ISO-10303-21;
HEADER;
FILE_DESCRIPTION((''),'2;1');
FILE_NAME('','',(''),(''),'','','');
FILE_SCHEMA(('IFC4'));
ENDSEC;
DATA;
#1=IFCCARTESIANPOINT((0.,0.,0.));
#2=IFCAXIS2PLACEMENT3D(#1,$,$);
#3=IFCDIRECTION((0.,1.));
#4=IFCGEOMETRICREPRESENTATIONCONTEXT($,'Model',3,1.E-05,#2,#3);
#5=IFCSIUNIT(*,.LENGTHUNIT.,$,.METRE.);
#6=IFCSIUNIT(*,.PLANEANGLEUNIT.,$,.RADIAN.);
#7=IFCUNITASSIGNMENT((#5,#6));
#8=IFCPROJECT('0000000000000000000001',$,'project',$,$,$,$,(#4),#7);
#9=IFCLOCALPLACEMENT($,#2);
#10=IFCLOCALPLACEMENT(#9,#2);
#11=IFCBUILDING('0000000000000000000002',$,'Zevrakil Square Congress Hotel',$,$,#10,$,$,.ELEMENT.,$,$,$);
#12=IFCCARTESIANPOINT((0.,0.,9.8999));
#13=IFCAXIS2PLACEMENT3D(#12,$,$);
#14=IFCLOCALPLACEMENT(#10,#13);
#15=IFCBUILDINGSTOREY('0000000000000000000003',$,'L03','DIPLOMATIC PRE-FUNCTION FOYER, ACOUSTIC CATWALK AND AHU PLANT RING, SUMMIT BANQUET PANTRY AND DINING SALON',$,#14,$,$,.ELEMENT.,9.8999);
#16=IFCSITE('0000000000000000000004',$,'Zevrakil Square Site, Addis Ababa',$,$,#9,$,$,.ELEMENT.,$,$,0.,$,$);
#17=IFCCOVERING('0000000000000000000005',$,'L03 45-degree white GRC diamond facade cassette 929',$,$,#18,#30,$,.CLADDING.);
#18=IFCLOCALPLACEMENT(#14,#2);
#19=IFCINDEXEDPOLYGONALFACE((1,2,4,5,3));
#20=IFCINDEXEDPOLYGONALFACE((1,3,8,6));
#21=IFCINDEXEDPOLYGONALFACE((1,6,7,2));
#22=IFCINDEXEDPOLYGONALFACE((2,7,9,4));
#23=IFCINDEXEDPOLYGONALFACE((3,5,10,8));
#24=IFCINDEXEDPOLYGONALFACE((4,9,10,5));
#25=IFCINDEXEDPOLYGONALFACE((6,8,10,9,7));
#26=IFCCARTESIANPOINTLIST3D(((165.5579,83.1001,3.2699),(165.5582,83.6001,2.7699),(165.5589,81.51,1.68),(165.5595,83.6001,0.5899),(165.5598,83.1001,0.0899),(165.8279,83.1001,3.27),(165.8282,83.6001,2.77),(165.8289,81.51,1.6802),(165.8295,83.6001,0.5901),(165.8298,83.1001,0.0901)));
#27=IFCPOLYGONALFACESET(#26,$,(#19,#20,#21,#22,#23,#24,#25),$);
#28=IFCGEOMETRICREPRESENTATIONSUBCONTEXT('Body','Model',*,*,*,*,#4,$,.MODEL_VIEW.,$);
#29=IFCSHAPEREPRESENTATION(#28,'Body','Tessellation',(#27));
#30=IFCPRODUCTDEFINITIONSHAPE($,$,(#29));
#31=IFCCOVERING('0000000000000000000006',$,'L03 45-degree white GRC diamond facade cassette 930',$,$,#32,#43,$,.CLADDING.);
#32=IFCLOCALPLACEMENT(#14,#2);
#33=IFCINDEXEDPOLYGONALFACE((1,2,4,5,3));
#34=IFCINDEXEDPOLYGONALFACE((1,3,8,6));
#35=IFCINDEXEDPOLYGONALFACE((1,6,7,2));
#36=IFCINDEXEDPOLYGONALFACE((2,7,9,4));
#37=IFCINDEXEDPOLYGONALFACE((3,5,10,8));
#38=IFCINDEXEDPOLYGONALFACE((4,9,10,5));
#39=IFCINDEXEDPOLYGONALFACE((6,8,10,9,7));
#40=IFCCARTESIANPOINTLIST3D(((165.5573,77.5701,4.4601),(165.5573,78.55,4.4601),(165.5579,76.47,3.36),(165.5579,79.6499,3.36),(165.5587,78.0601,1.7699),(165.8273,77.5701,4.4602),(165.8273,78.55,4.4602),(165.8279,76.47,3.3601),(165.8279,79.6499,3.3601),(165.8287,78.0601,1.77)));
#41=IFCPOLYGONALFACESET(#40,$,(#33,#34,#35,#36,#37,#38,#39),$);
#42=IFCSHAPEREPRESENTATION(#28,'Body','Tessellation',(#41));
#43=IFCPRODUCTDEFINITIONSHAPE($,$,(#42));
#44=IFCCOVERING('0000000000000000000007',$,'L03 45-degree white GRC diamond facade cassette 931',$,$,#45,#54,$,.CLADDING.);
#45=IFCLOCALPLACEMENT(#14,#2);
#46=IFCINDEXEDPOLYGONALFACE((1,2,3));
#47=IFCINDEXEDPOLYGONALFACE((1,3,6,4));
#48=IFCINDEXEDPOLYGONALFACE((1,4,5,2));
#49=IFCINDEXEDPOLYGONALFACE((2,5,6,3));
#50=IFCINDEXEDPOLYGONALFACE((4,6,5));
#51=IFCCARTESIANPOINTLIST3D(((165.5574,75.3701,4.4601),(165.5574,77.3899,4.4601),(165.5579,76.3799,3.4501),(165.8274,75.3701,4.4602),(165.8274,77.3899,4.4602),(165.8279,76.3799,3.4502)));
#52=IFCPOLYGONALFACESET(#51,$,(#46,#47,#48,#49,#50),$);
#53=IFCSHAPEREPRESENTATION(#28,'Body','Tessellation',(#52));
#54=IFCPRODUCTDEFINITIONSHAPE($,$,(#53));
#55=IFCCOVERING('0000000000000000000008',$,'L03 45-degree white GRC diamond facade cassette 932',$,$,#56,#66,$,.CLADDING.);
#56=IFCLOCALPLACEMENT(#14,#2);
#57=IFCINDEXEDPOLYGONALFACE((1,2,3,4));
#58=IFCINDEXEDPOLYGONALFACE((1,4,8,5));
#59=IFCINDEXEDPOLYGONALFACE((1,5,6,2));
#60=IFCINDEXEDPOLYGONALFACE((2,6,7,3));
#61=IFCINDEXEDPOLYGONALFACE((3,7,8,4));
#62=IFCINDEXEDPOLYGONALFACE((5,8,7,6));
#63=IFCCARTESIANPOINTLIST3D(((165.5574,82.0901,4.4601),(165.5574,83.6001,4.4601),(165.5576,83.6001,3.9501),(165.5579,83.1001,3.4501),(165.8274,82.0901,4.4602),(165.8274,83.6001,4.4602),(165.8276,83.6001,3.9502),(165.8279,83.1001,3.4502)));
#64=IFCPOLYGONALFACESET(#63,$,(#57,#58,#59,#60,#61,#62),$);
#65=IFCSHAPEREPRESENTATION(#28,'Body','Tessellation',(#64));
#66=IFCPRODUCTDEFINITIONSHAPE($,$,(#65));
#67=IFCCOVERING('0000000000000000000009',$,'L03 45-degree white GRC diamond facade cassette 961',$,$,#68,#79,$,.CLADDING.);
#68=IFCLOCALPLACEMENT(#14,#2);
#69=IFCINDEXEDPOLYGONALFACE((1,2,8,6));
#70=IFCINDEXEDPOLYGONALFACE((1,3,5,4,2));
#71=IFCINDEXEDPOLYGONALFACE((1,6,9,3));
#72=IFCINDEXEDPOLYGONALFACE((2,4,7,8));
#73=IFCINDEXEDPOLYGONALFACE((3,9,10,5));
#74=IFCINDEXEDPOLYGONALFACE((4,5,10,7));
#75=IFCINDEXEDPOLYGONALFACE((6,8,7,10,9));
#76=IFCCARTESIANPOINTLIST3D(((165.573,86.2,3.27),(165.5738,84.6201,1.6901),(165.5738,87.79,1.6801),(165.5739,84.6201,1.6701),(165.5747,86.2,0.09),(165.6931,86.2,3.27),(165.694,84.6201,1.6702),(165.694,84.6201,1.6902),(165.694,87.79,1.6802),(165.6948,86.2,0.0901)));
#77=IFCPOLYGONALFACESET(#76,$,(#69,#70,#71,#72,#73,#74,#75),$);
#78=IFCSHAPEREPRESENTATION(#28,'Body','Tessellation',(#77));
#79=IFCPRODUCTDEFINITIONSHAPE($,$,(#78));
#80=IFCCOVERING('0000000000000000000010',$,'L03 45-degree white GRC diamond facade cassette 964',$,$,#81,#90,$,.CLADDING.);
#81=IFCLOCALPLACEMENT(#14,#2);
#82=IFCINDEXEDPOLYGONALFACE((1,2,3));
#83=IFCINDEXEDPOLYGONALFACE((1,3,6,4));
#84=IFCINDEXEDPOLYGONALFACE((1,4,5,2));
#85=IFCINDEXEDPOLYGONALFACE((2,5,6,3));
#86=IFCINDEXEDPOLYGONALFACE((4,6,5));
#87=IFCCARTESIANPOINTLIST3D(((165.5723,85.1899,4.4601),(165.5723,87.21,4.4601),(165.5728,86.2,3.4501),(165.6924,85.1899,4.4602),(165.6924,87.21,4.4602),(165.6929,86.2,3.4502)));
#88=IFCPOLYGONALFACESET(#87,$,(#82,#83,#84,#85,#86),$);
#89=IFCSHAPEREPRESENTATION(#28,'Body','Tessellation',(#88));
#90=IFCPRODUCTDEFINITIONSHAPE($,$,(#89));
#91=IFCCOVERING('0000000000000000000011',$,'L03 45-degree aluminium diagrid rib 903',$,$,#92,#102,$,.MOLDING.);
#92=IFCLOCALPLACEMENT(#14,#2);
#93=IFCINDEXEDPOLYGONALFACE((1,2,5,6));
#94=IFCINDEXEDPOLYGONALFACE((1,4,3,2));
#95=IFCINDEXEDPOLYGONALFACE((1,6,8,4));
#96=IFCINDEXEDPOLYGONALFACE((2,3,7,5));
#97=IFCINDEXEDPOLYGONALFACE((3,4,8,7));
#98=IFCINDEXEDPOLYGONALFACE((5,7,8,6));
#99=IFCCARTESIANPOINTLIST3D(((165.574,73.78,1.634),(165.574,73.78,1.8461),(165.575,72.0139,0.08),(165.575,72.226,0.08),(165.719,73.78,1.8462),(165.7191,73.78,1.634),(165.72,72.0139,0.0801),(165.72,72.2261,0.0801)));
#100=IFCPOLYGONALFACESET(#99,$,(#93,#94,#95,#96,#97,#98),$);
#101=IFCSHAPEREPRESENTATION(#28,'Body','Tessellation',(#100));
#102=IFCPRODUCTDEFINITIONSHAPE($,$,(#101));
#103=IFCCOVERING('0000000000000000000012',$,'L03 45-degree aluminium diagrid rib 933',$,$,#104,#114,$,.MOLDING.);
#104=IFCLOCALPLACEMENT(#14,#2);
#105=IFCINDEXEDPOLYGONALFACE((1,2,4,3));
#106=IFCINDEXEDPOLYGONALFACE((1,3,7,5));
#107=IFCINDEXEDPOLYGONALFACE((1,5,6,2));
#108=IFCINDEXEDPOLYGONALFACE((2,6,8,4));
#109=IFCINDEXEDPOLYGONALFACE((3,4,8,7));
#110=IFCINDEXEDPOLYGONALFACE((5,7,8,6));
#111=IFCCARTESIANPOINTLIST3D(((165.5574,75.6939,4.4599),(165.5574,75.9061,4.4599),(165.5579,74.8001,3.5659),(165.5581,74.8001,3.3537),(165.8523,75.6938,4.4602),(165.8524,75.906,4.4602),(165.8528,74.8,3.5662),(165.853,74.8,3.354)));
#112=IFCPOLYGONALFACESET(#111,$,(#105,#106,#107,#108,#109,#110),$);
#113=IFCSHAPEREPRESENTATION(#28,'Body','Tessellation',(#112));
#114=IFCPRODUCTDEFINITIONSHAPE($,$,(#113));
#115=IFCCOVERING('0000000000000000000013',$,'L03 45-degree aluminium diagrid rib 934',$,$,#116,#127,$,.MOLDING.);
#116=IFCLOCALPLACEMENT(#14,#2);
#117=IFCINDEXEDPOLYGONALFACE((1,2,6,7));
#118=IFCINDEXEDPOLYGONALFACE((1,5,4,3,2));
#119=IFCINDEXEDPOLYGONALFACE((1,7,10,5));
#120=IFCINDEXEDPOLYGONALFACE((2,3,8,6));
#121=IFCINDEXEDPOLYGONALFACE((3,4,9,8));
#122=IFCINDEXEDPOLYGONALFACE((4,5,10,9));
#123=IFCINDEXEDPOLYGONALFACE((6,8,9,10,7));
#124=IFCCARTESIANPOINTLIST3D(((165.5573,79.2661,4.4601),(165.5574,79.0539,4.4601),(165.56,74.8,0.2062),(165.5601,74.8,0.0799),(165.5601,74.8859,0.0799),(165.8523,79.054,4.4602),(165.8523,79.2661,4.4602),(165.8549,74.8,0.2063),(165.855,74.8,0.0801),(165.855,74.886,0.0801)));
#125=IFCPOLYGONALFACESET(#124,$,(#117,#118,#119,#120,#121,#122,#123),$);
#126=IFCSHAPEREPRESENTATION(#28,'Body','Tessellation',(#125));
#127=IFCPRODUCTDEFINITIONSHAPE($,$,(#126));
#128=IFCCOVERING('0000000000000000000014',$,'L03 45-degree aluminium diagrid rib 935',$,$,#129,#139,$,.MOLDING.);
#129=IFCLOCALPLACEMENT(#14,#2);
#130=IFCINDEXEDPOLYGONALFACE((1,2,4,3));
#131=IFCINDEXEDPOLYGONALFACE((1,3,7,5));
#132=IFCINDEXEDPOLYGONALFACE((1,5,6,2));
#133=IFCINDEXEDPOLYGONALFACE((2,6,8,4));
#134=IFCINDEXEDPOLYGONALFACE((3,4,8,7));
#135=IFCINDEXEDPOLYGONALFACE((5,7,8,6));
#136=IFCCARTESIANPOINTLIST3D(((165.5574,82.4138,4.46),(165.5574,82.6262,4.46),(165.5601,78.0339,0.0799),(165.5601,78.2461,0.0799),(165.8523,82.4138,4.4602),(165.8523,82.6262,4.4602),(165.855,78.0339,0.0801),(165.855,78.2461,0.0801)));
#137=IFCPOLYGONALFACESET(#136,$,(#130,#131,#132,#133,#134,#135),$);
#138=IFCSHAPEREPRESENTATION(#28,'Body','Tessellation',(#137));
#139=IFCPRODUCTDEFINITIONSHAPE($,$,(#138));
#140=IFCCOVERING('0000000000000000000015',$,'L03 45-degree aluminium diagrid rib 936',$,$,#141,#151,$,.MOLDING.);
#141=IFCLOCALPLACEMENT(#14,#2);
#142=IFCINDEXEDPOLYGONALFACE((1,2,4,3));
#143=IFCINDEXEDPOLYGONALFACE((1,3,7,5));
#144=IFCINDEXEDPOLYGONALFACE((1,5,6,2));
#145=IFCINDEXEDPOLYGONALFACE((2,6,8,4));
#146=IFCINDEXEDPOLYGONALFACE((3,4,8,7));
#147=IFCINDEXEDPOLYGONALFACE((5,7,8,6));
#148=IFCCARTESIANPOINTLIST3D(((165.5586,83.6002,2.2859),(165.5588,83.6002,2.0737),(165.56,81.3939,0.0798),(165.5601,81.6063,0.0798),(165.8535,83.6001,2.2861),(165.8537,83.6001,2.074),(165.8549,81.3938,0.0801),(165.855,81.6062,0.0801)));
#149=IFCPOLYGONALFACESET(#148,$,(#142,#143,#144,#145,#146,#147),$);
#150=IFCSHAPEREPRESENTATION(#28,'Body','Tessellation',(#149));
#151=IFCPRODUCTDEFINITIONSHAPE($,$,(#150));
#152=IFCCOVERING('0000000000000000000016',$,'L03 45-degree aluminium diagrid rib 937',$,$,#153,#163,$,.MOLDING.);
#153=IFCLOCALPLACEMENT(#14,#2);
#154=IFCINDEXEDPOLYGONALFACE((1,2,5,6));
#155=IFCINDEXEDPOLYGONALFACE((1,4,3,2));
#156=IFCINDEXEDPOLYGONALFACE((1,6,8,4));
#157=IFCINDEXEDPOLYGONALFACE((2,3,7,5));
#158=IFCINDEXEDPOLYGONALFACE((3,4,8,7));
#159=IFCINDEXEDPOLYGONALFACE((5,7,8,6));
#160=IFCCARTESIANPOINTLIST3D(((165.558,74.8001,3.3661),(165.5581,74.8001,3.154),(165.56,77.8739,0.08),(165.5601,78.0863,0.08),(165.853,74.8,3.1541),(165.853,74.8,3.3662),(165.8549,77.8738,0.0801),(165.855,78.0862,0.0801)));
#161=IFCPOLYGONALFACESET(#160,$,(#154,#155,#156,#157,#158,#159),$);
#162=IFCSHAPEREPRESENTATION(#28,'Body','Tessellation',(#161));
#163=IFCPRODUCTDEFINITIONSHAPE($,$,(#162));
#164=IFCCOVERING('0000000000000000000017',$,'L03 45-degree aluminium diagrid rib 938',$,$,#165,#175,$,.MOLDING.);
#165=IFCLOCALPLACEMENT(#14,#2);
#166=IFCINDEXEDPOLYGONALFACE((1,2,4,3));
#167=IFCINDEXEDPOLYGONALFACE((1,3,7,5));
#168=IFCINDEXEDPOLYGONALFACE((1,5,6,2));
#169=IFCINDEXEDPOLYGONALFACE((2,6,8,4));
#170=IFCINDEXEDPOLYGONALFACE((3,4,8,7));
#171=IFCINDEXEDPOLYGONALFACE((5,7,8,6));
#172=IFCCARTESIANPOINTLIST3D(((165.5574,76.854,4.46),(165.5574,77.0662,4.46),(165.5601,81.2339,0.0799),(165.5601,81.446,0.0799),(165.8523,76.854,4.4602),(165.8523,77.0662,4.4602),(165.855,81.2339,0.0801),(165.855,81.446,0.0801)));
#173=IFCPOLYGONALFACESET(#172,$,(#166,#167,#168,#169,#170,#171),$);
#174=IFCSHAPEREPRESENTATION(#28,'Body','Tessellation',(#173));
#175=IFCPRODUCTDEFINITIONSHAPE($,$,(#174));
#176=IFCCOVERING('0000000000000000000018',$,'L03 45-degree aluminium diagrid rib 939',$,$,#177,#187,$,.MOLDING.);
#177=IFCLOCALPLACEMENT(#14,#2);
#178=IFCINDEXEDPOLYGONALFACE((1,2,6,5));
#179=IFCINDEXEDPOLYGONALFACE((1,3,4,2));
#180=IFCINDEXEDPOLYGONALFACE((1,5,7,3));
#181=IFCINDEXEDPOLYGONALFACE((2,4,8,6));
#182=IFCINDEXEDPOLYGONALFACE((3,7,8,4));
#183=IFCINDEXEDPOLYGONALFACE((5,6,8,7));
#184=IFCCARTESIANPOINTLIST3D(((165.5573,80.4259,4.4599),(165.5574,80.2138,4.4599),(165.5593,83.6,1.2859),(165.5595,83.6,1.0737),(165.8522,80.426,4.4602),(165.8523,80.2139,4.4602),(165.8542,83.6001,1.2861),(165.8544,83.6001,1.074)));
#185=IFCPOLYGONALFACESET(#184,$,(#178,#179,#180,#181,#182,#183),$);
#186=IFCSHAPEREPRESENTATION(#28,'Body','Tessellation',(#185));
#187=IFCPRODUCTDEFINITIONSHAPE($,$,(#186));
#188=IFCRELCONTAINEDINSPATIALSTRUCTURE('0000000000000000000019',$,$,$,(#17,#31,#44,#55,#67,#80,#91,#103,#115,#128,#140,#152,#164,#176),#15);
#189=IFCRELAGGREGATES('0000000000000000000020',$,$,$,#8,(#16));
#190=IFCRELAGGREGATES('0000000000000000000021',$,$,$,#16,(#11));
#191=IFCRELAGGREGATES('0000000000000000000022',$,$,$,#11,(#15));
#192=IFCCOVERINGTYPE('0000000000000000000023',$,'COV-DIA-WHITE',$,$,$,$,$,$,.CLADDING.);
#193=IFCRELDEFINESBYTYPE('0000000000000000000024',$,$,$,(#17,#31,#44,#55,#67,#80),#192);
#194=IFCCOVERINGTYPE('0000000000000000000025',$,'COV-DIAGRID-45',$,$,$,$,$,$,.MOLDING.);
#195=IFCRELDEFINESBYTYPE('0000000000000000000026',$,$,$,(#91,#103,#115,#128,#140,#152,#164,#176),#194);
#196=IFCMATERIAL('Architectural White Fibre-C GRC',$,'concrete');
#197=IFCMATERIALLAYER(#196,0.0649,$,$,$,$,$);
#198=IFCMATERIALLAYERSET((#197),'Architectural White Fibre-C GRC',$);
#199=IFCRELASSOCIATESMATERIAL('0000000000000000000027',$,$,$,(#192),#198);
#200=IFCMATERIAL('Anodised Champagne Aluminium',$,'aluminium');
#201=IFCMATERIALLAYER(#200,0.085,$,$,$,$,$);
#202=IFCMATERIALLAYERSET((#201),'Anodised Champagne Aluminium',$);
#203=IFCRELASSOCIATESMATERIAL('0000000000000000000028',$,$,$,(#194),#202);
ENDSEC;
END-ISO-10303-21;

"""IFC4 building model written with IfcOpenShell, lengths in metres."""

from ifc_helpers import new_model, si_unit, direction, frame, origin, place, context, subcontext, project, spatial, polyline, outline, extrude, material, layer, layer_set, type_object, element, save


model = new_model("IFC4")

# Units and contexts
model_context = context("Model", 3, precision=1e-05, world=origin(), true_north=direction((0.0, 1.0)))
body_context = subcontext(model_context, "Body", "Model", "MODEL_VIEW")
ifc_project = project(units=[si_unit("LENGTHUNIT", "METRE"), si_unit("PLANEANGLEUNIT", "RADIAN")], contexts=[model_context])

# Site, building, storey
site_placement = place(None, origin())
site = spatial("IfcSite", under=ifc_project, at=site_placement, Name="Zevrakil Square Site, Addis Ababa", CompositionType="ELEMENT", RefElevation=0.0)
building_placement = place(site_placement, origin())
building = spatial("IfcBuilding", under=site, at=building_placement, Name="Zevrakil Square Congress Hotel", CompositionType="ELEMENT")
storey_placement = place(building_placement, frame((0.0, 0.0, 9.8999)))
storey = spatial("IfcBuildingStorey", under=building, at=storey_placement, Name="L03", Description="DIPLOMATIC PRE-FUNCTION FOYER, ACOUSTIC CATWALK AND AHU PLANT RING, SUMMIT BANQUET PANTRY AND DINING SALON", CompositionType="ELEMENT", Elevation=9.8999)

# Coverings
ifc_material_1 = material(Name="Architectural White Fibre-C GRC", Category="concrete")
ifc_layer_1 = layer(ifc_material_1, 0.0649)
ifc_layer_set_1 = layer_set([ifc_layer_1], Name="Architectural White Fibre-C GRC")
covering_type_1 = type_object("IfcCoveringType", Name="COV-DIA-WHITE", PredefinedType="CLADDING", material=ifc_layer_set_1)
covering_1_placement = place(storey_placement, frame((165.8298, 83.1001, 0.0901), z_axis=(1.0, 0.000016, 0.000607), x_axis=(-0.000418, -0.707107, 0.707107)))
element("IfcCovering", 1, at=covering_1_placement, inside=storey, type_object=covering_type_1, Name="L03 45-degree white GRC diamond facade cassette 929", PredefinedType="CLADDING", context=body_context, shape_type="SweptSolid", body=[
    extrude(outline(polyline([(0.0, 0.0), (2.2487, 0.0), (2.2486, -2.2486), (1.5414, -2.2486), (0.0, -0.7071), (0.0, 0.0)])), origin(), (0.0, 0.0, -1.0), 0.27),
])
covering_2_placement = place(storey_placement, frame((165.8279, 79.6499, 3.3601), z_axis=(1.0, 0.0, 0.000533), x_axis=(0.000377, -0.707052, -0.707161)))
element("IfcCovering", 2, at=covering_2_placement, inside=storey, type_object=covering_type_1, Name="L03 45-degree white GRC diamond facade cassette 930", PredefinedType="CLADDING", context=body_context, shape_type="SweptSolid", body=[
    extrude(outline(polyline([(0.0, 0.0), (2.2486, 0.0), (2.2484, -2.2487), (0.6926, -2.2486), (-0.0003, -1.5556), (0.0, 0.0)])), origin(), (0.0, 0.0, -1.0), 0.27),
])
covering_3_placement = place(storey_placement, frame((165.8279, 76.3799, 3.4502), z_axis=(1.0, 0.0, 0.000483), x_axis=(-0.000342, -0.707021, 0.707192)))
element("IfcCovering", 3, at=covering_3_placement, inside=storey, type_object=covering_type_1, Name="L03 45-degree white GRC diamond facade cassette 931", PredefinedType="CLADDING", context=body_context, shape_type="SweptSolid", body=[
    extrude(outline(polyline([(0.0, 0.0), (1.4282, 0.0), (0.0002, -1.4284), (0.0, 0.0)])), origin(), (0.0, 0.0, -1.0), 0.27),
])
covering_4_placement = place(storey_placement, frame((165.8279, 83.1001, 3.4502), z_axis=(1.0, 0.000001, 0.000483), x_axis=(-0.00034, -0.707107, 0.707107)))
element("IfcCovering", 4, at=covering_4_placement, inside=storey, type_object=covering_type_1, Name="L03 45-degree white GRC diamond facade cassette 932", PredefinedType="CLADDING", context=body_context, shape_type="SweptSolid", body=[
    extrude(outline(polyline([(0.0, 0.0), (1.4284, 0.0), (0.3606, -1.0677), (0.0, -0.7071), (0.0, 0.0)])), origin(), (0.0, 0.0, -1.0), 0.27),
])
covering_5_placement = place(storey_placement, frame((165.6931, 86.2, 3.27), z_axis=(1.0, 0.0, 0.000536), x_axis=(0.000379, 0.707161, -0.707052)))
element("IfcCovering", 5, at=covering_5_placement, inside=storey, type_object=covering_type_1, Name="L03 45-degree white GRC diamond facade cassette 961", PredefinedType="CLADDING", context=body_context, shape_type="SweptSolid", body=[
    extrude(outline(polyline([(0.0, 0.0), (2.2486, 0.0), (2.2484, -2.2487), (0.014, -2.2484), (-0.0002, -2.2342), (0.0, 0.0)])), origin(), (0.0, 0.0, -1.0), 0.1201),
])
covering_6_placement = place(storey_placement, frame((165.6929, 86.2, 3.4502), z_axis=(1.0, 0.0, 0.000483), x_axis=(-0.000342, -0.707107, 0.707107)))
element("IfcCovering", 6, at=covering_6_placement, inside=storey, type_object=covering_type_1, Name="L03 45-degree white GRC diamond facade cassette 964", PredefinedType="CLADDING", context=body_context, shape_type="SweptSolid", body=[
    extrude(outline(polyline([(0.0, 0.0), (1.4284, 0.0), (0.0, -1.4284), (0.0, 0.0)])), origin(), (0.0, 0.0, -1.0), 0.1201),
])
ifc_material_2 = material(Name="Anodised Champagne Aluminium", Category="aluminium")
ifc_layer_2 = layer(ifc_material_2, 0.085)
ifc_layer_set_2 = layer_set([ifc_layer_2], Name="Anodised Champagne Aluminium")
covering_type_2 = type_object("IfcCoveringType", Name="COV-DIAGRID-45", PredefinedType="MOLDING", material=ifc_layer_set_2)
covering_7_placement = place(storey_placement, frame((165.72, 72.2261, 0.0801), z_axis=(1.0, 0.000294, 0.000294), x_axis=(0.000294, -1.0, 0.0)))
element("IfcCovering", 7, at=covering_7_placement, inside=storey, type_object=covering_type_2, Name="L03 45-degree aluminium diagrid rib 903", PredefinedType="MOLDING", context=body_context, shape_type="SweptSolid", body=[
    extrude(outline(polyline([(0.0, 0.0), (0.2122, 0.0), (-1.554, -1.7661), (-1.554, -1.554), (0.0, 0.0)])), origin(), (0.0, 0.0, -1.0), 0.145),
])
covering_8_placement = place(storey_placement, frame((165.853, 74.8, 3.354), z_axis=(1.0, -0.00027, 0.00088), x_axis=(-0.00088, 0.0, 1.0)))
element("IfcCovering", 8, at=covering_8_placement, inside=storey, type_object=covering_type_2, Name="L03 45-degree aluminium diagrid rib 933", PredefinedType="MOLDING", context=body_context, shape_type="SweptSolid", body=[
    extrude(outline(polyline([(0.0, 0.0), (0.2122, 0.0), (1.1062, -0.8938), (1.1062, -1.106), (0.0, 0.0)])), origin(), (0.0, 0.0, -1.0), 0.2949),
])
covering_9_placement = place(storey_placement, frame((165.855, 74.886, 0.0801), z_axis=(1.0, 0.000184, 0.000434), x_axis=(0.000184, -1.0, 0.0)))
element("IfcCovering", 9, at=covering_9_placement, inside=storey, type_object=covering_type_2, Name="L03 45-degree aluminium diagrid rib 934", PredefinedType="MOLDING", context=body_context, shape_type="SweptSolid", body=[
    extrude(outline(polyline([(0.0, 0.0), (0.0859, 0.0), (0.0859, -0.1262), (-4.168, -4.3801), (-4.3801, -4.3801), (0.0, 0.0)])), origin(), (0.0, 0.0, -1.0), 0.2949),
])
covering_10_placement = place(storey_placement, frame((165.855, 78.2461, 0.0801), z_axis=(1.0, 0.0, 0.000613), x_axis=(0.0, -1.0, 0.0)))
element("IfcCovering", 10, at=covering_10_placement, inside=storey, type_object=covering_type_2, Name="L03 45-degree aluminium diagrid rib 935", PredefinedType="MOLDING", context=body_context, shape_type="SweptSolid", body=[
    extrude(outline(polyline([(0.0, 0.0), (0.2122, 0.0), (-4.1677, -4.3801), (-4.3801, -4.3801), (0.0, 0.0)])), origin(), (0.0, 0.0, -1.0), 0.2949),
])
covering_11_placement = place(storey_placement, frame((165.855, 81.6062, 0.0801), z_axis=(1.0, -0.000256, 0.000895), x_axis=(-0.000256, -1.0, 0.0)))
element("IfcCovering", 11, at=covering_11_placement, inside=storey, type_object=covering_type_2, Name="L03 45-degree aluminium diagrid rib 936", PredefinedType="MOLDING", context=body_context, shape_type="SweptSolid", body=[
    extrude(outline(polyline([(0.0, 0.0), (0.2124, 0.0), (-1.9939, -2.2061), (-1.9939, -1.9939), (0.0, 0.0)])), origin(), (0.0, 0.0, -1.0), 0.2949),
])
covering_12_placement = place(storey_placement, frame((165.853, 74.8, 3.1541), z_axis=(1.0, -0.000307, 0.000307), x_axis=(-0.000307, 0.0, 1.0)))
element("IfcCovering", 12, at=covering_12_placement, inside=storey, type_object=covering_type_2, Name="L03 45-degree aluminium diagrid rib 937", PredefinedType="MOLDING", context=body_context, shape_type="SweptSolid", body=[
    extrude(outline(polyline([(0.0, 0.0), (0.2122, 0.0), (-3.074, -3.2861), (-3.074, -3.0737), (0.0, 0.0)])), origin(), (0.0, 0.0, -1.0), 0.2949),
])
covering_13_placement = place(storey_placement, frame((165.8523, 76.854, 4.4602), z_axis=(1.0, 0.0, 0.000613), x_axis=(0.0, 1.0, 0.0)))
element("IfcCovering", 13, at=covering_13_placement, inside=storey, type_object=covering_type_2, Name="L03 45-degree aluminium diagrid rib 938", PredefinedType="MOLDING", context=body_context, shape_type="SweptSolid", body=[
    extrude(outline(polyline([(0.0, 0.0), (0.2122, 0.0), (4.592, -4.3801), (4.3799, -4.3801), (0.0, 0.0)])), origin(), (0.0, 0.0, -1.0), 0.2949),
])
covering_14_placement = place(storey_placement, frame((165.8523, 80.2139, 4.4602), z_axis=(1.0, 0.000259, 0.000892), x_axis=(-0.000259, 1.0, 0.0)))
element("IfcCovering", 14, at=covering_14_placement, inside=storey, type_object=covering_type_2, Name="L03 45-degree aluminium diagrid rib 939", PredefinedType="MOLDING", context=body_context, shape_type="SweptSolid", body=[
    extrude(outline(polyline([(0.0, 0.0), (0.2122, 0.0), (3.3862, -3.1741), (3.3862, -3.3862), (0.0, 0.0)])), origin(), (0.0, 0.0, -1.0), 0.2949),
])

save(model, "model.ifc")
